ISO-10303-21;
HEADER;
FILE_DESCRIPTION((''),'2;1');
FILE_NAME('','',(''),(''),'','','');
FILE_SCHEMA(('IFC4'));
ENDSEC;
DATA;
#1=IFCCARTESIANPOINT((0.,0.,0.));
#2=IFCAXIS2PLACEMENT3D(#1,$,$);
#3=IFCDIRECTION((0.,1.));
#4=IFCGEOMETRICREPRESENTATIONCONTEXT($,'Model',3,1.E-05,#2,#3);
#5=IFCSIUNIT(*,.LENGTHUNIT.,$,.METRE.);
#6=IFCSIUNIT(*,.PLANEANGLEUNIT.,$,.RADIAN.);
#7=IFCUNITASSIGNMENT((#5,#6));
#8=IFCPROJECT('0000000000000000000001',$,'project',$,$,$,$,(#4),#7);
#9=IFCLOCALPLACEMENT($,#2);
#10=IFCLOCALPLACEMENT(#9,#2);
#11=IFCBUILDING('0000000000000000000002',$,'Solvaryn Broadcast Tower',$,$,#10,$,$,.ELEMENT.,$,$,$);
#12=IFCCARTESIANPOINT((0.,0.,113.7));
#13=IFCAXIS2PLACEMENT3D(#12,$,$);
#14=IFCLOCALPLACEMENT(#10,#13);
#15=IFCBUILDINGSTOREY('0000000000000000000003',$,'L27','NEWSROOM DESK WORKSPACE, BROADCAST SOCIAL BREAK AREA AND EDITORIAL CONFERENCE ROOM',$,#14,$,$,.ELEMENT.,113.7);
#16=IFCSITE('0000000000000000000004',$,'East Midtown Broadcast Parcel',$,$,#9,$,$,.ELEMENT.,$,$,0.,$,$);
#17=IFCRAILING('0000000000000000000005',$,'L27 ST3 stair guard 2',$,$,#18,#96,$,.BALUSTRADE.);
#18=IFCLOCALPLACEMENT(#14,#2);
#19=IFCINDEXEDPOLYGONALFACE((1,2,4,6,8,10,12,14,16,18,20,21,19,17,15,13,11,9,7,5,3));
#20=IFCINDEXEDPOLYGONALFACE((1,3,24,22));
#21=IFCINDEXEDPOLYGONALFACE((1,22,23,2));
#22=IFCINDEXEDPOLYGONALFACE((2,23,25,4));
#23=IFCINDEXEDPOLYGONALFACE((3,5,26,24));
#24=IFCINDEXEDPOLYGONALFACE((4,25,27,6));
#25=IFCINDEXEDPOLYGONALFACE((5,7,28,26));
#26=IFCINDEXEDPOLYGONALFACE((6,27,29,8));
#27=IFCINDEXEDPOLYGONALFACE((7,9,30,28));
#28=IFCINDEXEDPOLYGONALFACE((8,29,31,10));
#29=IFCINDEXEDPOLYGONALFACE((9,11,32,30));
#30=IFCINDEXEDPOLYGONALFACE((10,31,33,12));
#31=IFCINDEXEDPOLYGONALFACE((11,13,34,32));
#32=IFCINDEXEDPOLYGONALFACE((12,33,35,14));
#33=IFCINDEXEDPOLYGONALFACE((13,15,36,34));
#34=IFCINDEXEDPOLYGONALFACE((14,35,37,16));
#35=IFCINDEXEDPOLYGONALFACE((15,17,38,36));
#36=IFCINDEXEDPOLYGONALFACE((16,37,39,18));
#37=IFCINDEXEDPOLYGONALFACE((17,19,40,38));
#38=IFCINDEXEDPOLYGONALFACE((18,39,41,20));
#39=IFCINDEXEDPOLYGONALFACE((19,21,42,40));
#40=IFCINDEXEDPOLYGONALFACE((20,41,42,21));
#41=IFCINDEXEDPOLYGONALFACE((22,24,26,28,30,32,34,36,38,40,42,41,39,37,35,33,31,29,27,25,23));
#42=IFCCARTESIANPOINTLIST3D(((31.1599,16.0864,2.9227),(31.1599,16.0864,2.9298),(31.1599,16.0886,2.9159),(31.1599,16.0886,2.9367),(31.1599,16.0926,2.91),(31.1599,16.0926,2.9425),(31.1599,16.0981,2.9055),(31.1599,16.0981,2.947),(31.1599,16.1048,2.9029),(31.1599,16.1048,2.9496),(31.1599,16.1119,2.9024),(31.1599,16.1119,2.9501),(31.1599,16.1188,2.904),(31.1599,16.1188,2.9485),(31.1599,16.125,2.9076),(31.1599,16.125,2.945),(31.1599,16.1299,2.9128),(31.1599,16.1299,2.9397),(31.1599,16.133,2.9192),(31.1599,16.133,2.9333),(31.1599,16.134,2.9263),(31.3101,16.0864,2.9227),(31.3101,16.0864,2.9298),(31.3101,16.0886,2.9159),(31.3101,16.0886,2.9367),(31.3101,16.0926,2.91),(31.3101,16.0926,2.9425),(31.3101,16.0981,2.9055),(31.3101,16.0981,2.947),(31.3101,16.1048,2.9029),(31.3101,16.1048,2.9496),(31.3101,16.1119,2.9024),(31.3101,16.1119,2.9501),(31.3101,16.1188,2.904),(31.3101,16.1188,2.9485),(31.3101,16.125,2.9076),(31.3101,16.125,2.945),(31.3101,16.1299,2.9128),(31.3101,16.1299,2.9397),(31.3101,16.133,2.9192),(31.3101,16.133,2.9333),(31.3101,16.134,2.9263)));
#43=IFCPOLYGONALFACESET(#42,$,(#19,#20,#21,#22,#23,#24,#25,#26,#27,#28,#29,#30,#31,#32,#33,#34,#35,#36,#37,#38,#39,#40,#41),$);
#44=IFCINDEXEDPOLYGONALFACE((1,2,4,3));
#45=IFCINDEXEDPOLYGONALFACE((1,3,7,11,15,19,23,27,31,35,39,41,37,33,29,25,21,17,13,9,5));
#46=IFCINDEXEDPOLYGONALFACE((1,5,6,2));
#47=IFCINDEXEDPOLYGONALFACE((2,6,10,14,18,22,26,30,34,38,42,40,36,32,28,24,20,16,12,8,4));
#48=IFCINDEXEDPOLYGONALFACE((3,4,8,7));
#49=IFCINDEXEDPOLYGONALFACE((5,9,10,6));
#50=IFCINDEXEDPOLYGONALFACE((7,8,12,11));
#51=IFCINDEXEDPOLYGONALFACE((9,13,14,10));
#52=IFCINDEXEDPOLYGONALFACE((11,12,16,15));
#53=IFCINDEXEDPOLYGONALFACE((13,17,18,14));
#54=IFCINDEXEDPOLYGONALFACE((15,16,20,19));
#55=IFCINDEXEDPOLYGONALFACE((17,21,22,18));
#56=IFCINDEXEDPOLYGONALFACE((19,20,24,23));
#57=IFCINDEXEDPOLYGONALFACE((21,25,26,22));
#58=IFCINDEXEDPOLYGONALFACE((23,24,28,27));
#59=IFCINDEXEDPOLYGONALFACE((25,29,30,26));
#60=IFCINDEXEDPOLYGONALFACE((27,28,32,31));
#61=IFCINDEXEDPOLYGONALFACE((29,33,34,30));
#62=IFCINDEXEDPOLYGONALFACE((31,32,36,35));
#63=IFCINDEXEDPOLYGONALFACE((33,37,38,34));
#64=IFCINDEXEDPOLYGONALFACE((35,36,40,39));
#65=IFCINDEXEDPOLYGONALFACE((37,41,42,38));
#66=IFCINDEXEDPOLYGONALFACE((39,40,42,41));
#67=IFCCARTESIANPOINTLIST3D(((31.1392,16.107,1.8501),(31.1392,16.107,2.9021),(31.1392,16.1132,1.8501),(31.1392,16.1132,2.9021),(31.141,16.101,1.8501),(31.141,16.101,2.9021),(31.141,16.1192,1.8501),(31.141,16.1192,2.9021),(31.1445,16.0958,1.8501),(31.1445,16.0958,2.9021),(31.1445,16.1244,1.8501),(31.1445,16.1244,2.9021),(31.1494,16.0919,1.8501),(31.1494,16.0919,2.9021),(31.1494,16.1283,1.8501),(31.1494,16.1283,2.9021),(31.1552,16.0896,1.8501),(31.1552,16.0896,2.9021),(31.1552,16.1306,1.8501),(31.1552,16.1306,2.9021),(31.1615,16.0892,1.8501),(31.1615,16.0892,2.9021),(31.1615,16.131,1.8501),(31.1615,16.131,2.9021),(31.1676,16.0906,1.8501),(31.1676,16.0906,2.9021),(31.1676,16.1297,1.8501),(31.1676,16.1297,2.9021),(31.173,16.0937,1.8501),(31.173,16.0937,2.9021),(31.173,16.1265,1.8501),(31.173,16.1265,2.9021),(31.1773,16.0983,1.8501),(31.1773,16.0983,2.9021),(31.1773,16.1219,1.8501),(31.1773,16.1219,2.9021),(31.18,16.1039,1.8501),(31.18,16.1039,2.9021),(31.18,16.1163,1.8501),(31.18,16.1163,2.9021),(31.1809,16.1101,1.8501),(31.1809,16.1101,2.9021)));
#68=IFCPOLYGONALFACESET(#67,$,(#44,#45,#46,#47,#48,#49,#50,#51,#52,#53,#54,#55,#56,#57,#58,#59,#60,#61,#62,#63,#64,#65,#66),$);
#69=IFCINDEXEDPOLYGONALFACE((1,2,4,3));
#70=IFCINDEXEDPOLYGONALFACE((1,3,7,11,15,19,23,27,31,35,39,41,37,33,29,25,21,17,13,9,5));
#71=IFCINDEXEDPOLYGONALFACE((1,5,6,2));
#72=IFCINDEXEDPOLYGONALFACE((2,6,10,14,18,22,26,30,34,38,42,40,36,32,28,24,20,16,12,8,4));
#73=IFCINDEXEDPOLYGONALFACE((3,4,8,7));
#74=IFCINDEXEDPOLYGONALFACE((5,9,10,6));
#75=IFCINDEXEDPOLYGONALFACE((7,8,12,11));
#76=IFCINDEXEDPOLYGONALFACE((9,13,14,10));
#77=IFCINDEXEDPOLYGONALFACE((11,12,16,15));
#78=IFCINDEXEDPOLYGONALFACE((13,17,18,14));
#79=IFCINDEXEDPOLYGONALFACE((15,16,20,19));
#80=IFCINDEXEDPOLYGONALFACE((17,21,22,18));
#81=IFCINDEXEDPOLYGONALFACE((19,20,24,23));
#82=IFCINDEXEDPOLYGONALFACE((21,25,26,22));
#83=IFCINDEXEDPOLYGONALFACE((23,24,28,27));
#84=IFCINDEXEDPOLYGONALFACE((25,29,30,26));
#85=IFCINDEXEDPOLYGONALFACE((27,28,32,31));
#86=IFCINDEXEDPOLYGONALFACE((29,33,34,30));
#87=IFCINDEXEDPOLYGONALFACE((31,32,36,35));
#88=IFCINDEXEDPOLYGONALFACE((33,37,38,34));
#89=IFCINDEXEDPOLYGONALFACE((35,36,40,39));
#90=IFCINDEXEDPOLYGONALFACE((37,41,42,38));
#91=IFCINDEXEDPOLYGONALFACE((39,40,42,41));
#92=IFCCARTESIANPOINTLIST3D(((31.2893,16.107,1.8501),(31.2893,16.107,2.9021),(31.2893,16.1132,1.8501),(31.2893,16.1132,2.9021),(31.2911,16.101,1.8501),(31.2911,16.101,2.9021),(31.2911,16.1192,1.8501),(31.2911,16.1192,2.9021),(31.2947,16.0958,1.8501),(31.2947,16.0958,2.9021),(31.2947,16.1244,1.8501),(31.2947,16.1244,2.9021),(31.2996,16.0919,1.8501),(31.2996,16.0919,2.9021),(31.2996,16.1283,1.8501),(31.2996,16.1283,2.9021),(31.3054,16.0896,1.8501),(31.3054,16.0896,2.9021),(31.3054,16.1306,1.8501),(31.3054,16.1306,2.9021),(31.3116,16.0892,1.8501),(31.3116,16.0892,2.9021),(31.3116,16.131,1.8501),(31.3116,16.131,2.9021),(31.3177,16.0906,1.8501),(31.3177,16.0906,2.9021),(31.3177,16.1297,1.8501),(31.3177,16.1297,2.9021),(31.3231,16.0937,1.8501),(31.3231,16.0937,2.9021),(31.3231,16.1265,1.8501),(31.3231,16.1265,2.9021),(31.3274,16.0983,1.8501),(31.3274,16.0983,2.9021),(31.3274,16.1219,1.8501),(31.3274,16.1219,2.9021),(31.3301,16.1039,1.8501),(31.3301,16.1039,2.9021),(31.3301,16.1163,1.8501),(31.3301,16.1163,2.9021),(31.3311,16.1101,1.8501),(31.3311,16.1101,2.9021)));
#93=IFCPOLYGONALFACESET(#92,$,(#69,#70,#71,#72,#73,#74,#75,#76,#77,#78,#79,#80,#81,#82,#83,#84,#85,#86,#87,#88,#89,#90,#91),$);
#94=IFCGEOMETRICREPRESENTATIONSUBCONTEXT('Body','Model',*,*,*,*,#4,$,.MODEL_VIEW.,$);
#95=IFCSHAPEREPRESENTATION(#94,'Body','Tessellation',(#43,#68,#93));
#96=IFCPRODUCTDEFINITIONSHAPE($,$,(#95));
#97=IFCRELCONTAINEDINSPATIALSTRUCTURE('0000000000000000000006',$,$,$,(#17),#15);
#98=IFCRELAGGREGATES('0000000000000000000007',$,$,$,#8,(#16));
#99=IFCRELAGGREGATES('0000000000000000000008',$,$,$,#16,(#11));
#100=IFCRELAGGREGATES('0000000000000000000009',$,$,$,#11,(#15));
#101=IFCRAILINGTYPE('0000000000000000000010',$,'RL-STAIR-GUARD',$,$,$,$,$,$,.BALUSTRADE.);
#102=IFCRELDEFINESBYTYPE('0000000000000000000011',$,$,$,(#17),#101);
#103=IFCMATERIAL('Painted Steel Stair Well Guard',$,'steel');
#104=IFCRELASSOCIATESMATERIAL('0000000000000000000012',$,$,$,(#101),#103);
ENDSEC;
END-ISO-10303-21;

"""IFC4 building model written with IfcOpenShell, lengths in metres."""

from ifc_helpers import new_model, si_unit, direction, frame, origin, origin_2d, place, context, subcontext, project, spatial, circle, extrude, material, type_object, element, save


model = new_model("IFC4")

# Units and contexts
model_context = context("Model", 3, precision=1e-05, world=origin(), true_north=direction((0.0, 1.0)))
body_context = subcontext(model_context, "Body", "Model", "MODEL_VIEW")
ifc_project = project(units=[si_unit("LENGTHUNIT", "METRE"), si_unit("PLANEANGLEUNIT", "RADIAN")], contexts=[model_context])

# Site, building, storey
site_placement = place(None, origin())
site = spatial("IfcSite", under=ifc_project, at=site_placement, Name="East Midtown Broadcast Parcel", CompositionType="ELEMENT", RefElevation=0.0)
building_placement = place(site_placement, origin())
building = spatial("IfcBuilding", under=site, at=building_placement, Name="Solvaryn Broadcast Tower", CompositionType="ELEMENT")
storey_placement = place(building_placement, frame((0.0, 0.0, 113.7)))
storey = spatial("IfcBuildingStorey", under=building, at=storey_placement, Name="L27", Description="NEWSROOM DESK WORKSPACE, BROADCAST SOCIAL BREAK AREA AND EDITORIAL CONFERENCE ROOM", CompositionType="ELEMENT", Elevation=113.7)

# Railing
ifc_material_1 = material(Name="Painted Steel Stair Well Guard", Category="steel")
railing_type_1 = type_object("IfcRailingType", Name="RL-STAIR-GUARD", PredefinedType="BALUSTRADE", material=ifc_material_1)
railing_1_placement = place(storey_placement, frame((31.1599, 16.1101, 1.8501)))
element("IfcRailing", 1, at=railing_1_placement, inside=storey, type_object=railing_type_1, Name="L27 ST3 stair guard 2", PredefinedType="BALUSTRADE", context=body_context, shape_type="SweptSolid", body=[
    extrude(circle(Radius=0.0239, at=origin_2d()), frame((0.0, 0.0, 1.0762), z_axis=(1.0, 0.0, 0.0), x_axis=(0.0, 1.0, 0.0)), (0.0, 0.0, 1.0), 0.1501),
    extrude(circle(Radius=0.021, at=origin_2d()), origin(), (0.0, 0.0, 1.0), 1.052),
    extrude(circle(Radius=0.021, at=origin_2d()), frame((0.1501, 0.0, 0.0)), (0.0, 0.0, 1.0), 1.052),
])

save(model, "model.ifc")
